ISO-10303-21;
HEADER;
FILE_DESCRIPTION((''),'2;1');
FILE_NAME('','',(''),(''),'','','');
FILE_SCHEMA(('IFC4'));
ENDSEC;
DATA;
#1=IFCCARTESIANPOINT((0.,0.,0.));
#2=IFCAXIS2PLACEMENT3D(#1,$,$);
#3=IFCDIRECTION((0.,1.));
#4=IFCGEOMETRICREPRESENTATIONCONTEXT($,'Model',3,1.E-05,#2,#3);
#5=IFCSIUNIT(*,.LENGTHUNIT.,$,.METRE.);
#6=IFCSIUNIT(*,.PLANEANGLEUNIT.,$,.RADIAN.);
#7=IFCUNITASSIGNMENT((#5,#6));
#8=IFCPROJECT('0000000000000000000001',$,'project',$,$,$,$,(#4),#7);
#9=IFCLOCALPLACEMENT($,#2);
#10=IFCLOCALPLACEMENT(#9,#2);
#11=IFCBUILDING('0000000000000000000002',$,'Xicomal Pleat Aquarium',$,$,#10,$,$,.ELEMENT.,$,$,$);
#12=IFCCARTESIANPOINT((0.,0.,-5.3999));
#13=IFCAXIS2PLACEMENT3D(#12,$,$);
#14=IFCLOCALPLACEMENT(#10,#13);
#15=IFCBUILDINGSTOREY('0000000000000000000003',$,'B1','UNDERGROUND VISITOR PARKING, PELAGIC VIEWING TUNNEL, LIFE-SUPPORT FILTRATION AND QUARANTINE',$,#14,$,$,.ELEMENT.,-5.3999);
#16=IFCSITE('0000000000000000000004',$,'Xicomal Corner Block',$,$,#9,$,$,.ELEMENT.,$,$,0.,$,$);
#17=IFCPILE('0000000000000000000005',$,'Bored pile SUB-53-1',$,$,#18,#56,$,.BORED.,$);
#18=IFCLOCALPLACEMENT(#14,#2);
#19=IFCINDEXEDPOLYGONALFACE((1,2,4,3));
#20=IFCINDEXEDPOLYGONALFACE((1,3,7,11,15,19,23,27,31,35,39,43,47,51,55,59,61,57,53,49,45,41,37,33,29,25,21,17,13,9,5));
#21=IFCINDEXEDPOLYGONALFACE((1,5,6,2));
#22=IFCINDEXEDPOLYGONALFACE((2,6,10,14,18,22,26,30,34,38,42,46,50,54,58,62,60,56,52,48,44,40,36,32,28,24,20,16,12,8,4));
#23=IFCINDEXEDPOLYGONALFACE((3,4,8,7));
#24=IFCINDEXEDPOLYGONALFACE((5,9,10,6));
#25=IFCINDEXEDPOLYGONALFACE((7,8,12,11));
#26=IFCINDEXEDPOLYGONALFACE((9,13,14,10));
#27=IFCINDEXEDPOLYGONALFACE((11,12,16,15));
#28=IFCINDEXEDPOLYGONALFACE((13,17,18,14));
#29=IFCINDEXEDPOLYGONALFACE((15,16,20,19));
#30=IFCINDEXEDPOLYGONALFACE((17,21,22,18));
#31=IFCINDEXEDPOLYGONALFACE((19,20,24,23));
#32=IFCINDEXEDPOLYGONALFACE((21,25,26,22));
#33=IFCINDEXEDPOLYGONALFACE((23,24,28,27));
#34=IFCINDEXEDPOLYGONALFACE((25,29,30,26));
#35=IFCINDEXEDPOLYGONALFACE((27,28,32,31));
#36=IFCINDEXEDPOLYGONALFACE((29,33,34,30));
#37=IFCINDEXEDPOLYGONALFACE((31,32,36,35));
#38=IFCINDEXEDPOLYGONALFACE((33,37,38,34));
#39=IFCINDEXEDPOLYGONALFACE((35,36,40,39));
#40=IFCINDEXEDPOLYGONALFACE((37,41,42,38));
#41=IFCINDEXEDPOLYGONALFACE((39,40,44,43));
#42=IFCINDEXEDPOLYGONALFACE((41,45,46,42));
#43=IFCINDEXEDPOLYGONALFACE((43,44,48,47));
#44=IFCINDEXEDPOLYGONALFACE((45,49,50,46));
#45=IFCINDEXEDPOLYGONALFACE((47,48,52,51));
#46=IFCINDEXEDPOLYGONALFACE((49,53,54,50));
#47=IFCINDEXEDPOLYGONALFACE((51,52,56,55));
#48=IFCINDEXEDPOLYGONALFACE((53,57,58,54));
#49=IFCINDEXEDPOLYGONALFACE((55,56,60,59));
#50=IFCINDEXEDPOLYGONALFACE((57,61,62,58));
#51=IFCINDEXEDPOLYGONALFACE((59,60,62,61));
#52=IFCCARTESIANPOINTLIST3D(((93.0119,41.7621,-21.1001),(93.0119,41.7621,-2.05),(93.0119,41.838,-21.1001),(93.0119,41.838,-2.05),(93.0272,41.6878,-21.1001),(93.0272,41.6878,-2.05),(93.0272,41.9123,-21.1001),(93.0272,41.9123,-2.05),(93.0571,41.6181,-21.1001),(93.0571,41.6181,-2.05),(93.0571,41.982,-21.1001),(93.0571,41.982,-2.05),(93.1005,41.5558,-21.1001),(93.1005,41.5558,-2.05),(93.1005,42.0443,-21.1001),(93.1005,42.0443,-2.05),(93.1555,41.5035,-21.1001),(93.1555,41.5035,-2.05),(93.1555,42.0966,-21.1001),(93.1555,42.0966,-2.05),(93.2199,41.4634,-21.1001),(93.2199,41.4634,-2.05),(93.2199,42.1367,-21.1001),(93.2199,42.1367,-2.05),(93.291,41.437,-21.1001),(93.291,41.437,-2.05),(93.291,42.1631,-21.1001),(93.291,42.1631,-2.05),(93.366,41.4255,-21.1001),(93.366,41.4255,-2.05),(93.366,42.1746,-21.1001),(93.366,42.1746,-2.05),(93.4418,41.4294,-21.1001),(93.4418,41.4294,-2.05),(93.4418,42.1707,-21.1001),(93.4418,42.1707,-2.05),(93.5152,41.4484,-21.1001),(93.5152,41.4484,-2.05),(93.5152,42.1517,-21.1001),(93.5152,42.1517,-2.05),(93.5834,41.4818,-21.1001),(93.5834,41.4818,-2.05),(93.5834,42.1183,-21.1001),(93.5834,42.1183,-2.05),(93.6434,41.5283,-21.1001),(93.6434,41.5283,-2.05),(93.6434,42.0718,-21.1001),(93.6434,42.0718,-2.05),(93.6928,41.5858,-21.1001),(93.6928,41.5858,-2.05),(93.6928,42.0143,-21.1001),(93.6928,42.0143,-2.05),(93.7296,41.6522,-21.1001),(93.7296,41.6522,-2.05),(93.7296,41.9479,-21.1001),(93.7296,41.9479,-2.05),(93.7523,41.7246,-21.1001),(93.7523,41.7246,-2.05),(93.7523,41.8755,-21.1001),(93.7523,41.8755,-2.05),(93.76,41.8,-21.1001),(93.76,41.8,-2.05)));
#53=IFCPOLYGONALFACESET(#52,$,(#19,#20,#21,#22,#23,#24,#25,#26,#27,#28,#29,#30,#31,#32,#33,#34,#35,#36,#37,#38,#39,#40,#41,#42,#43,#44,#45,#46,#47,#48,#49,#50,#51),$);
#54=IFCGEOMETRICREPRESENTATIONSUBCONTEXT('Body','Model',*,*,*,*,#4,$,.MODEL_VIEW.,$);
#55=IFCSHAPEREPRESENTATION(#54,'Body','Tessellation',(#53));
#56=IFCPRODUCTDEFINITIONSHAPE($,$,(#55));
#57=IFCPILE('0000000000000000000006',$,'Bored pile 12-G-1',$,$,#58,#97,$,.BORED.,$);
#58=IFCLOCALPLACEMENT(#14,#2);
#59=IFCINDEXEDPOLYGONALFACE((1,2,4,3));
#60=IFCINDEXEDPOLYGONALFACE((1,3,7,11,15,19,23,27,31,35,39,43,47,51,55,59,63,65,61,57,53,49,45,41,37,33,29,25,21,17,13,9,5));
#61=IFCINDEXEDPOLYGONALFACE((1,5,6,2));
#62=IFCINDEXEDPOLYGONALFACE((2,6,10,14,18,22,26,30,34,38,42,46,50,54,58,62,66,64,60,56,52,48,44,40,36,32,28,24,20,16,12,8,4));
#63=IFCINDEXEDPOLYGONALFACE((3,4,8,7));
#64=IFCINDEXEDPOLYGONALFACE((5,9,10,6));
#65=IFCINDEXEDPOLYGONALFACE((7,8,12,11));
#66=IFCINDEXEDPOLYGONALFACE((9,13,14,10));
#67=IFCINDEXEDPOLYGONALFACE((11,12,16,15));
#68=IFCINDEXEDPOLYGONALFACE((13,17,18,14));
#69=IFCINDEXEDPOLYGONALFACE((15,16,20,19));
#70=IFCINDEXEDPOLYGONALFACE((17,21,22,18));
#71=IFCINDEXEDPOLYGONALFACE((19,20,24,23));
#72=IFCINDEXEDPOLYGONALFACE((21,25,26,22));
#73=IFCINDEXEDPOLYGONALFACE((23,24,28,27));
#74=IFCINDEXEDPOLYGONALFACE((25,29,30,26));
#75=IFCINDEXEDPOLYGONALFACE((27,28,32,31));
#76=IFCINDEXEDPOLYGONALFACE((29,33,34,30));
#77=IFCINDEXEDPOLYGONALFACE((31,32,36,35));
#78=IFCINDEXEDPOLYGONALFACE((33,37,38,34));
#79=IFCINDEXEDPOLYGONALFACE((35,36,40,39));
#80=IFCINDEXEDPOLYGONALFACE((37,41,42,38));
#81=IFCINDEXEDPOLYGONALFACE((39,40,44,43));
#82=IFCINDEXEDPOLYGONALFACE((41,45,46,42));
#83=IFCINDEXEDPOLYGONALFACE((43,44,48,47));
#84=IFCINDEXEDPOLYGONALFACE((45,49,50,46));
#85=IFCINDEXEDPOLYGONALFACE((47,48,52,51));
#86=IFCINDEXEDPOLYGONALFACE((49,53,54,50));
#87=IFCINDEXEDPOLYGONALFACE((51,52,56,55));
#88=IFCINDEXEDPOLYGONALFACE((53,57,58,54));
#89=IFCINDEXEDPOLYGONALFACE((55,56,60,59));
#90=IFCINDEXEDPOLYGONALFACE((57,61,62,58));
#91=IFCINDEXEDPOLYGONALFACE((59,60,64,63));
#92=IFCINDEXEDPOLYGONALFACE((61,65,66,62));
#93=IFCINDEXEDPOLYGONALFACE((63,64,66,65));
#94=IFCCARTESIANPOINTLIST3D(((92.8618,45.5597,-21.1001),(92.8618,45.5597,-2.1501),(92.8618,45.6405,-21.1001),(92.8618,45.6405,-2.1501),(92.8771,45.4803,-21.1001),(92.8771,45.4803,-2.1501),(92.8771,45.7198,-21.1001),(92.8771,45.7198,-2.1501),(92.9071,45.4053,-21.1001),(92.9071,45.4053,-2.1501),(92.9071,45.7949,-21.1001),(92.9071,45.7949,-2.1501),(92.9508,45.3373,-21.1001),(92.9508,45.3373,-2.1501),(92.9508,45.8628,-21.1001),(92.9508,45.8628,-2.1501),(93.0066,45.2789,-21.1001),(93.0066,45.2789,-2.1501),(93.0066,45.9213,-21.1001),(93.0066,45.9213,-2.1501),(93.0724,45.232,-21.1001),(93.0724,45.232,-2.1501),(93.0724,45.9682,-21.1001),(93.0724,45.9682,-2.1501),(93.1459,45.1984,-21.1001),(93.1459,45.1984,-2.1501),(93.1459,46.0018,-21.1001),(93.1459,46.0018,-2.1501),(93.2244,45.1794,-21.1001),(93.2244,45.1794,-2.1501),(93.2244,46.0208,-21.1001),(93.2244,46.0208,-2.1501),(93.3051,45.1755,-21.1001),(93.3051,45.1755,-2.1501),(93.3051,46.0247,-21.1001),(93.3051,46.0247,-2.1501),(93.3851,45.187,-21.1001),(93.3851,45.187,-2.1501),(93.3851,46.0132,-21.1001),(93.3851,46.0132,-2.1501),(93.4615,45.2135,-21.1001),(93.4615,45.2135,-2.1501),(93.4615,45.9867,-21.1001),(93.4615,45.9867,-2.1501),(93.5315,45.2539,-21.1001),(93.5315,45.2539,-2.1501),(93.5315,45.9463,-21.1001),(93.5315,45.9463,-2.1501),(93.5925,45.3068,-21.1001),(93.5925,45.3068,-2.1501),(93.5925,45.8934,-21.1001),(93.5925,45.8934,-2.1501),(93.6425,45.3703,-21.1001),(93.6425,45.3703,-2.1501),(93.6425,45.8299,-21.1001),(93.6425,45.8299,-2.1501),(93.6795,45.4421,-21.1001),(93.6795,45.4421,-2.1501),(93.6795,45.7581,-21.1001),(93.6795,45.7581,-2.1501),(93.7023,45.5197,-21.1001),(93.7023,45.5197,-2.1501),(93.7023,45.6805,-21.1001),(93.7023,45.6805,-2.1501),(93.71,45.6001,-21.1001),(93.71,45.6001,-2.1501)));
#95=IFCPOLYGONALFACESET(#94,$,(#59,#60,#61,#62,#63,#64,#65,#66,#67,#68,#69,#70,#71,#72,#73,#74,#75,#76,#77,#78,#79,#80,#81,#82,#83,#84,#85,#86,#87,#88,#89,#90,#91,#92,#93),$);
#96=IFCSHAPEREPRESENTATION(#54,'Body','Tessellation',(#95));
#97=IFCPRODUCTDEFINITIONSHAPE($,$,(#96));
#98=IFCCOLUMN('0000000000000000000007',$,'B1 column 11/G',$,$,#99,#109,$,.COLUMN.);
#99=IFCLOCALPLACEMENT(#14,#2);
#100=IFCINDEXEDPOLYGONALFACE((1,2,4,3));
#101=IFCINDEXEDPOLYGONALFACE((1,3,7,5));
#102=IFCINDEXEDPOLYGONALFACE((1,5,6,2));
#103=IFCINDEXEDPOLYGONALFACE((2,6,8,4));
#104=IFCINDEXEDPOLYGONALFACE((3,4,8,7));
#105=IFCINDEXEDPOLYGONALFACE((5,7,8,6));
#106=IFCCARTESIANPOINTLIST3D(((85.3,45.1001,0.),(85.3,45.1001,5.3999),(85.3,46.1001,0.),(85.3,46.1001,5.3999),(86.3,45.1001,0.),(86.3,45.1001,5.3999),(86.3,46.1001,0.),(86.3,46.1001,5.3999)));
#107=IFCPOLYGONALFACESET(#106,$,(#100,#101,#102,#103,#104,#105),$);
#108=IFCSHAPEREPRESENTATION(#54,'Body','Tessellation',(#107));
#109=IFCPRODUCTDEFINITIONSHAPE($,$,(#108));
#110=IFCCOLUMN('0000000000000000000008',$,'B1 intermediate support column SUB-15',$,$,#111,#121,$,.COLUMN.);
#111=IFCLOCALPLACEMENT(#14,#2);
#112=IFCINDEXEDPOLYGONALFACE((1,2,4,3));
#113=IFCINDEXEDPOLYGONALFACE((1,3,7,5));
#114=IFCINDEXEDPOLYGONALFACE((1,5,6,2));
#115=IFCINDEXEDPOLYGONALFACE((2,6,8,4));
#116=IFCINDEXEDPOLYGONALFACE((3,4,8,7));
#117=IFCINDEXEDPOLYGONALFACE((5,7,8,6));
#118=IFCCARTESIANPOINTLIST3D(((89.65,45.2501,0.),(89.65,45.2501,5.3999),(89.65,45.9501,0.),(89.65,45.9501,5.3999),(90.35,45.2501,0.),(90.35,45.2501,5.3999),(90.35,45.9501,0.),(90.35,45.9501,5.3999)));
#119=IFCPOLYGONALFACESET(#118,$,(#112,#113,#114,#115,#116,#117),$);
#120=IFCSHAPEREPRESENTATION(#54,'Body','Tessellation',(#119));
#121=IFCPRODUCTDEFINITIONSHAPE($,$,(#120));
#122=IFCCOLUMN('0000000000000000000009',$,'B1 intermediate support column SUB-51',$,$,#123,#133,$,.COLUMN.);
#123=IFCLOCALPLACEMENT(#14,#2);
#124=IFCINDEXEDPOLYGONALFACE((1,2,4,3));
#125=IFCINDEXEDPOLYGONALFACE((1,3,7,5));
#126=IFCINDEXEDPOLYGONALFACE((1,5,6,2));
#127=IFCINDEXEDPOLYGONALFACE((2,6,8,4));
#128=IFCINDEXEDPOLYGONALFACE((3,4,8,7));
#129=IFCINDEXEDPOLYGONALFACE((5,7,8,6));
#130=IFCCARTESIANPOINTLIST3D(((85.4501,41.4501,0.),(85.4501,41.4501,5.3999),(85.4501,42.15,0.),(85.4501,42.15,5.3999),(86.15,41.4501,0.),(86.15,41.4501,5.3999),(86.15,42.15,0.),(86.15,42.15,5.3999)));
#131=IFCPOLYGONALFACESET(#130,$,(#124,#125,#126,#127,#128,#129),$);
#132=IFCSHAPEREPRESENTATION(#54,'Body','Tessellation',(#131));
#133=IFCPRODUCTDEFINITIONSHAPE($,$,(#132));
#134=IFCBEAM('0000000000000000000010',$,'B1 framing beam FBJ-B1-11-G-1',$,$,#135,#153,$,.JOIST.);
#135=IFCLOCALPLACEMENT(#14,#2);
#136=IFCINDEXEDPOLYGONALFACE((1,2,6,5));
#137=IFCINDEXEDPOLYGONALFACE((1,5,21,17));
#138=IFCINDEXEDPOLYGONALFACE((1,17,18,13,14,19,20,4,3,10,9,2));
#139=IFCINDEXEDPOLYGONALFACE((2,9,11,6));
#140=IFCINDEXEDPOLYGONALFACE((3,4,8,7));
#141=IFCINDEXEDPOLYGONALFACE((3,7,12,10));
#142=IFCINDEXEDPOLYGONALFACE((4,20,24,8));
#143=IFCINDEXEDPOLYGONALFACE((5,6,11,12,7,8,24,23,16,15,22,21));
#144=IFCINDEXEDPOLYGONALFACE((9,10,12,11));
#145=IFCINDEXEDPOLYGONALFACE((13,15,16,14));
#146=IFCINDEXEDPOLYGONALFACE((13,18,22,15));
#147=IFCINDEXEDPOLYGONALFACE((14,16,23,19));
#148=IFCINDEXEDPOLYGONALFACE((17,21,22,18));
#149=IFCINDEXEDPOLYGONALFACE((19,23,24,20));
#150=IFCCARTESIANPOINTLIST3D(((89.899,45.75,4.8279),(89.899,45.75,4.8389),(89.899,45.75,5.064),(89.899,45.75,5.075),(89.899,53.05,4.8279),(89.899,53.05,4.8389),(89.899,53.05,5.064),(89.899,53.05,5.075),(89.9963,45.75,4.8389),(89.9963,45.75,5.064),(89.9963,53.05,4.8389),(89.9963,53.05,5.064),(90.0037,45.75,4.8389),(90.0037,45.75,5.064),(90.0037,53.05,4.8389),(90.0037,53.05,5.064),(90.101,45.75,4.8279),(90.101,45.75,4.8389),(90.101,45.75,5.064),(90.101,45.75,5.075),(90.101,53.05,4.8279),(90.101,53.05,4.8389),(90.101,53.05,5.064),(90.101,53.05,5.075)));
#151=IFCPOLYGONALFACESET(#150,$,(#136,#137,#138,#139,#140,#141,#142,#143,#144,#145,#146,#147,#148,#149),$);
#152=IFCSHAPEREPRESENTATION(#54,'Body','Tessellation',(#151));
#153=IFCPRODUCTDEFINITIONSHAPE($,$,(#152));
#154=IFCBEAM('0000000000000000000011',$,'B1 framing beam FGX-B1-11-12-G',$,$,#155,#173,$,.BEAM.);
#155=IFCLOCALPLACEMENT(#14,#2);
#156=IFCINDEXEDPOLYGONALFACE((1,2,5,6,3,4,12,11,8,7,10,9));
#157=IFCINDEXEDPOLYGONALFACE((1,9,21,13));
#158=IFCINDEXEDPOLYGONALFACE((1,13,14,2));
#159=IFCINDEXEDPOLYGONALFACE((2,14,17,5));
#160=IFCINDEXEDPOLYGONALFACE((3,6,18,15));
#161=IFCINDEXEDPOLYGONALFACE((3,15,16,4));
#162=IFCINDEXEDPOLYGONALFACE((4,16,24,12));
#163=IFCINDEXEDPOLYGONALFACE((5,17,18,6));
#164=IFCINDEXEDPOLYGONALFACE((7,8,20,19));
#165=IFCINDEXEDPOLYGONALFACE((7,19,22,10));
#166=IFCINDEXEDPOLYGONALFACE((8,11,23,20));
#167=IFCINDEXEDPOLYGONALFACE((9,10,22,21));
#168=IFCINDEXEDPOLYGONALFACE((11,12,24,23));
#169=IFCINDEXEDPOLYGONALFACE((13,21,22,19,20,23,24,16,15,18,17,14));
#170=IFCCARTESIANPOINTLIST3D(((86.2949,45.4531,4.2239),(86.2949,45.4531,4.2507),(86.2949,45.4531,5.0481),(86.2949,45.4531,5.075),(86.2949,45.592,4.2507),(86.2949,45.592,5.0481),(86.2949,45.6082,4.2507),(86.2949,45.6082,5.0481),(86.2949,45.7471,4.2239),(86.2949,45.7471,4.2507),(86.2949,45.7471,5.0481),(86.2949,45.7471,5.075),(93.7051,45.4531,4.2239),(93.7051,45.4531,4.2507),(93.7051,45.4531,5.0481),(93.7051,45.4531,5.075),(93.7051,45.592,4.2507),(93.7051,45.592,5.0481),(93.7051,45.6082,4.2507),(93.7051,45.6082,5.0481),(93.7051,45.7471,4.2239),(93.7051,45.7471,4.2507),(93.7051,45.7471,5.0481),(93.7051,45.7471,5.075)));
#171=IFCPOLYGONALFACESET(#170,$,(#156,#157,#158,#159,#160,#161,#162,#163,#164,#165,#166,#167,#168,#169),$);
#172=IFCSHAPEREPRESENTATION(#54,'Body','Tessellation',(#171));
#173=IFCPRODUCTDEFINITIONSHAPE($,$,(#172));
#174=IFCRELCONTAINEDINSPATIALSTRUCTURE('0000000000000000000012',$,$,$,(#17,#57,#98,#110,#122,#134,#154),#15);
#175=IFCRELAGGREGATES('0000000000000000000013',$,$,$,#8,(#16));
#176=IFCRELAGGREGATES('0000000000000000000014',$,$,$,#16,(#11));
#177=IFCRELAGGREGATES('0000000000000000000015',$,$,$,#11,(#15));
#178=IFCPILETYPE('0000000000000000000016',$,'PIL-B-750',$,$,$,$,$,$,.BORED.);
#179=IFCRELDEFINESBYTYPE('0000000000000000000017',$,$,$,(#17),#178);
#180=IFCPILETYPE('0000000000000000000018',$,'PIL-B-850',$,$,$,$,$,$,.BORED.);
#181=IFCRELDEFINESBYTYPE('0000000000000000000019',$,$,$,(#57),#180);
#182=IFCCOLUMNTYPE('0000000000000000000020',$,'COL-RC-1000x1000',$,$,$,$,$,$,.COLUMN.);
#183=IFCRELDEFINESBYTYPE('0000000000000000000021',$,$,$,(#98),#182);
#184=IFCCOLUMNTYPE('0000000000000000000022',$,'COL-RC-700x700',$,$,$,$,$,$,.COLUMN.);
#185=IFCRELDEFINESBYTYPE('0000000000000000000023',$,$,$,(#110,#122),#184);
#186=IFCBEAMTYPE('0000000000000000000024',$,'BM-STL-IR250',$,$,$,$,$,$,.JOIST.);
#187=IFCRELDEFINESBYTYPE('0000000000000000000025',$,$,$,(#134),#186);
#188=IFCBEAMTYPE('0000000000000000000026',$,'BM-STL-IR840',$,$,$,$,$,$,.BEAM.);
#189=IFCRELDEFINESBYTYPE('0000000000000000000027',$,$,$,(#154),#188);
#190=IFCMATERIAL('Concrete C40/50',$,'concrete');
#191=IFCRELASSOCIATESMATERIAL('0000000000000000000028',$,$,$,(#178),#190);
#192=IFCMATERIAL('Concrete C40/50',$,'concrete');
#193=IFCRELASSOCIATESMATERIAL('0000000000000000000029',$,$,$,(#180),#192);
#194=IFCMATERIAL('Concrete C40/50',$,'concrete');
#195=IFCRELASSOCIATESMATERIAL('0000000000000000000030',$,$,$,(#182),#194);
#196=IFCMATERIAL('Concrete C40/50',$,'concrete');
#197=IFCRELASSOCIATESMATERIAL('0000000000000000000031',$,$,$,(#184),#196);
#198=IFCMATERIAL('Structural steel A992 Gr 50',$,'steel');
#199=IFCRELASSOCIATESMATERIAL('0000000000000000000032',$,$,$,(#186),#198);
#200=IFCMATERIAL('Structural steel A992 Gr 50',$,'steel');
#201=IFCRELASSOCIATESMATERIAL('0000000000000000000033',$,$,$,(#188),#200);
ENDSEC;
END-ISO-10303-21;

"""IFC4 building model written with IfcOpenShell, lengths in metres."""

from ifc_helpers import new_model, si_unit, direction, frame, origin, origin_2d, place, context, subcontext, project, spatial, rectangle, circle, i_section, extrude, material, material_profile, profile_set, type_object, element, save


model = new_model("IFC4")

# Units and contexts
model_context = context("Model", 3, precision=1e-05, world=origin(), true_north=direction((0.0, 1.0)))
body_context = subcontext(model_context, "Body", "Model", "MODEL_VIEW")
ifc_project = project(units=[si_unit("LENGTHUNIT", "METRE"), si_unit("PLANEANGLEUNIT", "RADIAN")], contexts=[model_context])

# Site, building, storey
site_placement = place(None, origin())
site = spatial("IfcSite", under=ifc_project, at=site_placement, Name="Xicomal Corner Block", CompositionType="ELEMENT", RefElevation=0.0)
building_placement = place(site_placement, origin())
building = spatial("IfcBuilding", under=site, at=building_placement, Name="Xicomal Pleat Aquarium", CompositionType="ELEMENT")
storey_placement = place(building_placement, frame((0.0, 0.0, -5.3999)))
storey = spatial("IfcBuildingStorey", under=building, at=storey_placement, Name="B1", Description="UNDERGROUND VISITOR PARKING, PELAGIC VIEWING TUNNEL, LIFE-SUPPORT FILTRATION AND QUARANTINE", CompositionType="ELEMENT", Elevation=-5.3999)

# Piles
ifc_material_1 = material(Name="Concrete C40/50", Category="concrete")
ifc_material_profile_1 = material_profile(ifc_material_1, circle(Radius=0.375, at=origin_2d()), Name="BORED PILE D750")
ifc_profile_set_1 = profile_set([ifc_material_profile_1], Name="Concrete C40/50")
pile_type_1 = type_object("IfcPileType", Name="PIL-B-750", PredefinedType="BORED", material=ifc_profile_set_1)
for number, where, z_axis, x_axis, name in (
    (1, (93.385, 41.8, -2.05), (0.0, 0.0, -1.0), (1.0, 0.0, 0.0), "Bored pile SUB-53-1"),
):
    element("IfcPile", number, at=place(storey_placement, frame(where, z_axis=z_axis, x_axis=x_axis)), inside=storey, type_object=pile_type_1, Name=name, PredefinedType="BORED", context=body_context, shape_type="SweptSolid", body=[
        extrude(circle(Radius=0.375, at=origin_2d()), origin(), (0.0, 0.0, 1.0), 19.05),
    ])
ifc_material_2 = material(Name="Concrete C40/50", Category="concrete")
ifc_material_profile_2 = material_profile(ifc_material_2, circle(Radius=0.425, at=origin_2d()), Name="BORED PILE D850")
ifc_profile_set_2 = profile_set([ifc_material_profile_2], Name="Concrete C40/50")
pile_type_2 = type_object("IfcPileType", Name="PIL-B-850", PredefinedType="BORED", material=ifc_profile_set_2)
pile_1_placement = place(storey_placement, frame((93.2849, 45.6001, -2.1501), z_axis=(0.0, 0.0, -1.0), x_axis=(1.0, 0.0, 0.0)))
element("IfcPile", 2, at=pile_1_placement, inside=storey, type_object=pile_type_2, Name="Bored pile 12-G-1", PredefinedType="BORED", context=body_context, shape_type="SweptSolid", body=[
    extrude(circle(Radius=0.425, at=origin_2d()), origin(), (0.0, 0.0, 1.0), 18.95),
])

# Columns
ifc_material_3 = material(Name="Concrete C40/50", Category="concrete")
ifc_material_profile_3 = material_profile(ifc_material_3, rectangle(XDim=1.0, YDim=1.0, at=origin_2d()), Name="RC 1000x1000")
ifc_profile_set_3 = profile_set([ifc_material_profile_3], Name="Concrete C40/50")
column_type_1 = type_object("IfcColumnType", Name="COL-RC-1000x1000", PredefinedType="COLUMN", material=ifc_profile_set_3)
column_placement = place(storey_placement, frame((85.8, 45.6001, 0.0), z_axis=(0.0, 0.0, 1.0), x_axis=(1.0, 0.0, 0.0)))
element("IfcColumn", 3, at=column_placement, inside=storey, type_object=column_type_1, Name="B1 column 11/G", PredefinedType="COLUMN", context=body_context, shape_type="SweptSolid", body=[
    extrude(rectangle(XDim=1.0, YDim=1.0, at=origin_2d()), origin(), (0.0, 0.0, 1.0), 5.3999),
])
ifc_material_4 = material(Name="Concrete C40/50", Category="concrete")
ifc_material_profile_4 = material_profile(ifc_material_4, rectangle(XDim=0.7, YDim=0.7, at=origin_2d()), Name="RC 700x700")
ifc_profile_set_4 = profile_set([ifc_material_profile_4], Name="Concrete C40/50")
column_type_2 = type_object("IfcColumnType", Name="COL-RC-700x700", PredefinedType="COLUMN", material=ifc_profile_set_4)
for number, where, z_axis, x_axis, name in (
    (4, (90.0, 45.6001, 0.0), (0.0, 0.0, 1.0), (1.0, 0.0, 0.0), "B1 intermediate support column SUB-15"),
    (5, (85.8, 41.8, 0.0), (0.0, 0.0, 1.0), (1.0, 0.0, 0.0), "B1 intermediate support column SUB-51"),
):
    element("IfcColumn", number, at=place(storey_placement, frame(where, z_axis=z_axis, x_axis=x_axis)), inside=storey, type_object=column_type_2, Name=name, PredefinedType="COLUMN", context=body_context, shape_type="SweptSolid", body=[
        extrude(rectangle(XDim=0.7, YDim=0.7, at=origin_2d()), origin(), (0.0, 0.0, 1.0), 5.3999),
    ])

# Beams
ifc_material_5 = material(Name="Structural steel A992 Gr 50", Category="steel")
ifc_material_profile_5 = material_profile(ifc_material_5, i_section(OverallWidth=0.2019, OverallDepth=0.2471, WebThickness=0.0073, FlangeThickness=0.011, at=origin_2d()), Name="IR 250x49")
ifc_profile_set_5 = profile_set([ifc_material_profile_5], Name="Structural steel A992 Gr 50")
beam_type_1 = type_object("IfcBeamType", Name="BM-STL-IR250", PredefinedType="JOIST", material=ifc_profile_set_5)
beam_1_placement = place(storey_placement, frame((90.0, 45.75, 4.9514), z_axis=(0.0, 1.0, 0.0), x_axis=(-1.0, 0.0, 0.0)))
element("IfcBeam", 6, at=beam_1_placement, inside=storey, type_object=beam_type_1, Name="B1 framing beam FBJ-B1-11-G-1", PredefinedType="JOIST", context=body_context, shape_type="SweptSolid", body=[
    extrude(i_section(OverallWidth=0.2019, OverallDepth=0.2471, WebThickness=0.0073, FlangeThickness=0.011, at=origin_2d()), origin(), (0.0, 0.0, 1.0), 7.3),
])
ifc_material_6 = material(Name="Structural steel A992 Gr 50", Category="steel")
ifc_material_profile_6 = material_profile(ifc_material_6, i_section(OverallWidth=0.2939, OverallDepth=0.8511, WebThickness=0.0161, FlangeThickness=0.0269, at=origin_2d()), Name="IR 840x226")
ifc_profile_set_6 = profile_set([ifc_material_profile_6], Name="Structural steel A992 Gr 50")
beam_type_2 = type_object("IfcBeamType", Name="BM-STL-IR840", PredefinedType="BEAM", material=ifc_profile_set_6)
beam_2_placement = place(storey_placement, frame((86.2949, 45.6001, 4.6494), z_axis=(1.0, 0.0, 0.0), x_axis=(0.0, 1.0, 0.0)))
element("IfcBeam", 7, at=beam_2_placement, inside=storey, type_object=beam_type_2, Name="B1 framing beam FGX-B1-11-12-G", PredefinedType="BEAM", context=body_context, shape_type="SweptSolid", body=[
    extrude(i_section(OverallWidth=0.2939, OverallDepth=0.8511, WebThickness=0.0161, FlangeThickness=0.0269, at=origin_2d()), origin(), (0.0, 0.0, 1.0), 7.4102),
])

save(model, "model.ifc")
